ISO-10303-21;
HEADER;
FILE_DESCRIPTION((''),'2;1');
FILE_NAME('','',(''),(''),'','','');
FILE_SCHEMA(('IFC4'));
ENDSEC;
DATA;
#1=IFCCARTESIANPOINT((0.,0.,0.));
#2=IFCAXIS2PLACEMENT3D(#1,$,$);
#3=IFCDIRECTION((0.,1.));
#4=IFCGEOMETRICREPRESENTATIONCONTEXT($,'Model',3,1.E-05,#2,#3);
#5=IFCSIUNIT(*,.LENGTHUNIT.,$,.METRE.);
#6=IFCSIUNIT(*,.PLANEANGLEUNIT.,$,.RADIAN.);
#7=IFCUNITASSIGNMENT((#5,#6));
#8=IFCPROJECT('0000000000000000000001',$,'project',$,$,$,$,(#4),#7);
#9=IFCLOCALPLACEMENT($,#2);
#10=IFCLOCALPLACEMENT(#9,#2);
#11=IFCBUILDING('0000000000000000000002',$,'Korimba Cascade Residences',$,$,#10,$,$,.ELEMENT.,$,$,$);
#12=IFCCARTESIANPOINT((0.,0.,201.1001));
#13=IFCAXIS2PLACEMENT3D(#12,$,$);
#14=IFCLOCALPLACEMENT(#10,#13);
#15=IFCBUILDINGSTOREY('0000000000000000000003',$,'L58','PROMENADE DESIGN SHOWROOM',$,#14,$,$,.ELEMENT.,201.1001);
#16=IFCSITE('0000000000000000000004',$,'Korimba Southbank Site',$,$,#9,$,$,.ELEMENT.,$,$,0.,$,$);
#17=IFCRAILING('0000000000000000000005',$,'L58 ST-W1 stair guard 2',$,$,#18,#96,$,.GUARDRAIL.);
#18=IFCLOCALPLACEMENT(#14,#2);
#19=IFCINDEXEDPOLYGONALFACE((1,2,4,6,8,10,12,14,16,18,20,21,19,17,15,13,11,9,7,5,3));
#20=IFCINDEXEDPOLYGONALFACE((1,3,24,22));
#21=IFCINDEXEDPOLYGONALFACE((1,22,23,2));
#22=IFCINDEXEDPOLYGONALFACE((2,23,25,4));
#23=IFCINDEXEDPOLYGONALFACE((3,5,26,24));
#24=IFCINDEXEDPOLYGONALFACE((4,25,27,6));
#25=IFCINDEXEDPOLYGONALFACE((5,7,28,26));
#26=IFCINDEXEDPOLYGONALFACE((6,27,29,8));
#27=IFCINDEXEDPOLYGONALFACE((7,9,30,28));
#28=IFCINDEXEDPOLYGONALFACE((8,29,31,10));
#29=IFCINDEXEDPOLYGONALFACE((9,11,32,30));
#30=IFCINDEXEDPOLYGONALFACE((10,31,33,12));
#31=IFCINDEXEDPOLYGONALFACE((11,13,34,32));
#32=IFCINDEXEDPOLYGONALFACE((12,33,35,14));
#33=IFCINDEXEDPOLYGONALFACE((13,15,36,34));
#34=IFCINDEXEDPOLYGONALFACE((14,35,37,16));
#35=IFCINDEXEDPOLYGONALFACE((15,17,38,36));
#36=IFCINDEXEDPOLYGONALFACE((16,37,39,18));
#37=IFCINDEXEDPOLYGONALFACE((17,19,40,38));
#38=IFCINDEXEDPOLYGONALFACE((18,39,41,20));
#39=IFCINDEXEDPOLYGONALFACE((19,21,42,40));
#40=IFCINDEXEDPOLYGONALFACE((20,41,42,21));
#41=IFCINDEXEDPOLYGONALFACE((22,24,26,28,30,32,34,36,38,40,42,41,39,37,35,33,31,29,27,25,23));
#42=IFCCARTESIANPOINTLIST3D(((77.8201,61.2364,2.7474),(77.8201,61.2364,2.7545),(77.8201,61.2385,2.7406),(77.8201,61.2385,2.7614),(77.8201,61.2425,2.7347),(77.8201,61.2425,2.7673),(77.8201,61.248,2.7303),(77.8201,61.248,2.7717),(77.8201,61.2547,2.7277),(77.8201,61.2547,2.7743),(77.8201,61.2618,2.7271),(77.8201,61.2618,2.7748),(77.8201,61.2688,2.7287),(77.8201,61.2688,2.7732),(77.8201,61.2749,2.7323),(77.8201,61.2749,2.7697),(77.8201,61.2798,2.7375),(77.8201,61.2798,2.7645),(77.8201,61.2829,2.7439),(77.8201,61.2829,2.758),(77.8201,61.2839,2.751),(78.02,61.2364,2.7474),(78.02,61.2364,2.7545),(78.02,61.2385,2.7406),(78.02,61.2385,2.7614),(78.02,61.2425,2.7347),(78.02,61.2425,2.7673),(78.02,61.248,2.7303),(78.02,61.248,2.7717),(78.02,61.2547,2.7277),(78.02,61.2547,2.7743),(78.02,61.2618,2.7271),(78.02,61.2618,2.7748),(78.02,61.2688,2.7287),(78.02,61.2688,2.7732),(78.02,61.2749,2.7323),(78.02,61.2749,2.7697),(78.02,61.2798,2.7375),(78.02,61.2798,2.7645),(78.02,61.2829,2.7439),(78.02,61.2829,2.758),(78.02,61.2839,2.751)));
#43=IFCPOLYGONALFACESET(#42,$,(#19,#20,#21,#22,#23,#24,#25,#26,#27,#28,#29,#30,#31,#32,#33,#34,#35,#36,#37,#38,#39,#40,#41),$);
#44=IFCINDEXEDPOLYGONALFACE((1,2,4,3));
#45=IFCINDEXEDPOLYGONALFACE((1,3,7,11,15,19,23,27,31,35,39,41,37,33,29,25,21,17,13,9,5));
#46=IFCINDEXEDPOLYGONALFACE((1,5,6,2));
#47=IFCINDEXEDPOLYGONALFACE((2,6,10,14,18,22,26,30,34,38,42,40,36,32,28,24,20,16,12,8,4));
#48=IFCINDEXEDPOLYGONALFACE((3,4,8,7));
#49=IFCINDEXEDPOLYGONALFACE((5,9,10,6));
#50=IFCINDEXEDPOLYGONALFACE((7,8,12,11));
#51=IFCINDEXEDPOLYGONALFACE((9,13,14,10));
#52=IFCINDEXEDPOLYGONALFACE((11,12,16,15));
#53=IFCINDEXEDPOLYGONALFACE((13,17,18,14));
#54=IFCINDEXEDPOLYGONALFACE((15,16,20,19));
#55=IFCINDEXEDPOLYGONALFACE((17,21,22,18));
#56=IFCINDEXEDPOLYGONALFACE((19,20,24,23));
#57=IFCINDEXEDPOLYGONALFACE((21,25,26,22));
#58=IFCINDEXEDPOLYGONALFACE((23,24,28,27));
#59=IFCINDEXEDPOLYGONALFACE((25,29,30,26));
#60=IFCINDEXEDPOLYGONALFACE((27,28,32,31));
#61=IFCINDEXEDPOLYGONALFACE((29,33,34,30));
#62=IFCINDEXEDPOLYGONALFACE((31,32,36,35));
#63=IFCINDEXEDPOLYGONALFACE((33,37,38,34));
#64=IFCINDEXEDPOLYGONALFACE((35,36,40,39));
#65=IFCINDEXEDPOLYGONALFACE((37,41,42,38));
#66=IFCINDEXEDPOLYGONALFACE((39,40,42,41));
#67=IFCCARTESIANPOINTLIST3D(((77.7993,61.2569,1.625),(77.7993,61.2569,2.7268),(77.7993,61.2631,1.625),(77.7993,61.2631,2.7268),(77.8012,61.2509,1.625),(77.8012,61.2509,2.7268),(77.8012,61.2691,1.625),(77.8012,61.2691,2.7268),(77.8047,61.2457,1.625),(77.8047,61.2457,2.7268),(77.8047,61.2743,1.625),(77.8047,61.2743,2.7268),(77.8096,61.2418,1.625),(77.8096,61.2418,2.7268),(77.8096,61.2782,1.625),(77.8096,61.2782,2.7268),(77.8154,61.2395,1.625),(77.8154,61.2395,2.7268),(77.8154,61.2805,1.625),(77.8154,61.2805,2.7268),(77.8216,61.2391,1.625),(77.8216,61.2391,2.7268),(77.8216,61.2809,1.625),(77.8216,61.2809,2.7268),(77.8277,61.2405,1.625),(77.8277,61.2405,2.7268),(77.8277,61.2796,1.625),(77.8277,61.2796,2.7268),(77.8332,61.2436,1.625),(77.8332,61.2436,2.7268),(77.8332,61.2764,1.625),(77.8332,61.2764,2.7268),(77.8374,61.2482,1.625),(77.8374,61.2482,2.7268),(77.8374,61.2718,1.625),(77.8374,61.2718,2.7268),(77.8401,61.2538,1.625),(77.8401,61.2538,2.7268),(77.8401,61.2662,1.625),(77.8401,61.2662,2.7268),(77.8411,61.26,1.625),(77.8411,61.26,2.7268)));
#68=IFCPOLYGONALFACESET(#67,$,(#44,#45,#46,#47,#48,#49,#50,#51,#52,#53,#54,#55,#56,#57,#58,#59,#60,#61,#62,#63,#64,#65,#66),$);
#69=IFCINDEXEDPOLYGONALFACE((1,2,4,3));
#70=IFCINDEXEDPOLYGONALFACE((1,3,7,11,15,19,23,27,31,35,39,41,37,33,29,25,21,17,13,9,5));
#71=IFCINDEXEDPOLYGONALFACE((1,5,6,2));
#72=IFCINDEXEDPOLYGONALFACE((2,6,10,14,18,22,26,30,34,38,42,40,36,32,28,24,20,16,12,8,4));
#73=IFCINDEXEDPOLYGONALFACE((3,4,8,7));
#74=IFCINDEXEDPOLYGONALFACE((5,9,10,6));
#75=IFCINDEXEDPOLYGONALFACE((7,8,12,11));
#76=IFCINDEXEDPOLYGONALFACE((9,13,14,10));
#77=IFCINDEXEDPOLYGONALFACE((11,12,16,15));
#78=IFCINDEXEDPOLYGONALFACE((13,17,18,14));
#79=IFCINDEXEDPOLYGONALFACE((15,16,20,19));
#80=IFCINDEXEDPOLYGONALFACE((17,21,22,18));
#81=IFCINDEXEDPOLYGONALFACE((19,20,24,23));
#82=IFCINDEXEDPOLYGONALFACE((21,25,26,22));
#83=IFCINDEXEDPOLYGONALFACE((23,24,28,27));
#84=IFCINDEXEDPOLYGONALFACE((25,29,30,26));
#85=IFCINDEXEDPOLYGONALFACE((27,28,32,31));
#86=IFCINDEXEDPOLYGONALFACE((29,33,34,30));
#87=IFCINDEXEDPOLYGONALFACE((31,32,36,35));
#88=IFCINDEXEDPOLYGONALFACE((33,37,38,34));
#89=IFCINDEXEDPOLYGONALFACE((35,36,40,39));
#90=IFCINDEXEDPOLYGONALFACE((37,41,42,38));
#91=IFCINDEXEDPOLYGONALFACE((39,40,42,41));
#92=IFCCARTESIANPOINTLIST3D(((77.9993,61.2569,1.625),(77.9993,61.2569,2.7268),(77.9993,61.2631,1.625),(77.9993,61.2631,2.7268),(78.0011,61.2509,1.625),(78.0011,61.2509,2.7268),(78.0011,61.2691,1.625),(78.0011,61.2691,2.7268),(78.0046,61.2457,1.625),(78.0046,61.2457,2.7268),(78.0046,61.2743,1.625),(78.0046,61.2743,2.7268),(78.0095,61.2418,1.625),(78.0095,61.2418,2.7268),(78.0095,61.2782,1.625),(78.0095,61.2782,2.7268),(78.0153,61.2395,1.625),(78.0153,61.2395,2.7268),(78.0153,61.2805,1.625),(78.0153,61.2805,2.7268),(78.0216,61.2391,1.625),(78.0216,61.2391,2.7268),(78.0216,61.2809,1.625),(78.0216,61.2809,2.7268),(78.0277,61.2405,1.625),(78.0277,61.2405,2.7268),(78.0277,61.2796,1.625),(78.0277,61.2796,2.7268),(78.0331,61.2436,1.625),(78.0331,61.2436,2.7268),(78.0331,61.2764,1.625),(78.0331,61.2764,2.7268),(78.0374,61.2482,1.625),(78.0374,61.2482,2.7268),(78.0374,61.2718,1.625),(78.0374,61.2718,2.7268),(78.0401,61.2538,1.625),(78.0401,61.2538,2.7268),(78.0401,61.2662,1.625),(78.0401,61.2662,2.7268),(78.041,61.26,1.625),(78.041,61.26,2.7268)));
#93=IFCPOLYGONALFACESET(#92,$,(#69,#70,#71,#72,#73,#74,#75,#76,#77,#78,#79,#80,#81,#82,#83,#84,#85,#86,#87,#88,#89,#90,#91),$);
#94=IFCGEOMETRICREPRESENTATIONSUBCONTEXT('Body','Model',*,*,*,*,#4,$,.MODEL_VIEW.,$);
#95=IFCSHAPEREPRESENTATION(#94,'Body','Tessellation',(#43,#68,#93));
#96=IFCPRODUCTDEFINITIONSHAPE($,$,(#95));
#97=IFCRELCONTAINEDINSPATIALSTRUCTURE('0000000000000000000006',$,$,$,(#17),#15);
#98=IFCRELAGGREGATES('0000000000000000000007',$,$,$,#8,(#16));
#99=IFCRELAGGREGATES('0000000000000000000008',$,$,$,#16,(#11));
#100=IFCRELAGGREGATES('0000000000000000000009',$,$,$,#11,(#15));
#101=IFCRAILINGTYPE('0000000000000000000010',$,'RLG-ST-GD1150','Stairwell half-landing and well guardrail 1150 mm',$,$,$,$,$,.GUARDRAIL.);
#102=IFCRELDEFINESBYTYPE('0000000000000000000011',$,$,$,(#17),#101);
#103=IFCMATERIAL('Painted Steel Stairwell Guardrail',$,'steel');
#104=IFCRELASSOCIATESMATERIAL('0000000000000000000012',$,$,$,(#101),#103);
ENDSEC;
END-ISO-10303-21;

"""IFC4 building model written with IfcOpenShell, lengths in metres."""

from ifc_helpers import new_model, si_unit, direction, frame, origin, origin_2d, place, context, subcontext, project, spatial, circle, extrude, material, type_object, element, save


model = new_model("IFC4")

# Units and contexts
model_context = context("Model", 3, precision=1e-05, world=origin(), true_north=direction((0.0, 1.0)))
body_context = subcontext(model_context, "Body", "Model", "MODEL_VIEW")
ifc_project = project(units=[si_unit("LENGTHUNIT", "METRE"), si_unit("PLANEANGLEUNIT", "RADIAN")], contexts=[model_context])

# Site, building, storey
site_placement = place(None, origin())
site = spatial("IfcSite", under=ifc_project, at=site_placement, Name="Korimba Southbank Site", CompositionType="ELEMENT", RefElevation=0.0)
building_placement = place(site_placement, origin())
building = spatial("IfcBuilding", under=site, at=building_placement, Name="Korimba Cascade Residences", CompositionType="ELEMENT")
storey_placement = place(building_placement, frame((0.0, 0.0, 201.1001)))
storey = spatial("IfcBuildingStorey", under=building, at=storey_placement, Name="L58", Description="PROMENADE DESIGN SHOWROOM", CompositionType="ELEMENT", Elevation=201.1001)

# Railing
ifc_material_1 = material(Name="Painted Steel Stairwell Guardrail", Category="steel")
railing_type = type_object("IfcRailingType", Name="RLG-ST-GD1150", Description="Stairwell half-landing and well guardrail 1150 mm", PredefinedType="GUARDRAIL", material=ifc_material_1)
railing_1_placement = place(storey_placement, frame((77.8201, 61.26, 1.625)))
element("IfcRailing", 1, at=railing_1_placement, inside=storey, type_object=railing_type, Name="L58 ST-W1 stair guard 2", PredefinedType="GUARDRAIL", context=body_context, shape_type="SweptSolid", body=[
    extrude(circle(Radius=0.0239, at=origin_2d()), frame((0.0, 0.0, 1.126), z_axis=(1.0, 0.0, 0.0), x_axis=(0.0, 1.0, 0.0)), (0.0, 0.0, 1.0), 0.2),
    extrude(circle(Radius=0.021, at=origin_2d()), origin(), (0.0, 0.0, 1.0), 1.1018),
    extrude(circle(Radius=0.021, at=origin_2d()), frame((0.2, 0.0, 0.0)), (0.0, 0.0, 1.0), 1.1018),
])

save(model, "model.ifc")
